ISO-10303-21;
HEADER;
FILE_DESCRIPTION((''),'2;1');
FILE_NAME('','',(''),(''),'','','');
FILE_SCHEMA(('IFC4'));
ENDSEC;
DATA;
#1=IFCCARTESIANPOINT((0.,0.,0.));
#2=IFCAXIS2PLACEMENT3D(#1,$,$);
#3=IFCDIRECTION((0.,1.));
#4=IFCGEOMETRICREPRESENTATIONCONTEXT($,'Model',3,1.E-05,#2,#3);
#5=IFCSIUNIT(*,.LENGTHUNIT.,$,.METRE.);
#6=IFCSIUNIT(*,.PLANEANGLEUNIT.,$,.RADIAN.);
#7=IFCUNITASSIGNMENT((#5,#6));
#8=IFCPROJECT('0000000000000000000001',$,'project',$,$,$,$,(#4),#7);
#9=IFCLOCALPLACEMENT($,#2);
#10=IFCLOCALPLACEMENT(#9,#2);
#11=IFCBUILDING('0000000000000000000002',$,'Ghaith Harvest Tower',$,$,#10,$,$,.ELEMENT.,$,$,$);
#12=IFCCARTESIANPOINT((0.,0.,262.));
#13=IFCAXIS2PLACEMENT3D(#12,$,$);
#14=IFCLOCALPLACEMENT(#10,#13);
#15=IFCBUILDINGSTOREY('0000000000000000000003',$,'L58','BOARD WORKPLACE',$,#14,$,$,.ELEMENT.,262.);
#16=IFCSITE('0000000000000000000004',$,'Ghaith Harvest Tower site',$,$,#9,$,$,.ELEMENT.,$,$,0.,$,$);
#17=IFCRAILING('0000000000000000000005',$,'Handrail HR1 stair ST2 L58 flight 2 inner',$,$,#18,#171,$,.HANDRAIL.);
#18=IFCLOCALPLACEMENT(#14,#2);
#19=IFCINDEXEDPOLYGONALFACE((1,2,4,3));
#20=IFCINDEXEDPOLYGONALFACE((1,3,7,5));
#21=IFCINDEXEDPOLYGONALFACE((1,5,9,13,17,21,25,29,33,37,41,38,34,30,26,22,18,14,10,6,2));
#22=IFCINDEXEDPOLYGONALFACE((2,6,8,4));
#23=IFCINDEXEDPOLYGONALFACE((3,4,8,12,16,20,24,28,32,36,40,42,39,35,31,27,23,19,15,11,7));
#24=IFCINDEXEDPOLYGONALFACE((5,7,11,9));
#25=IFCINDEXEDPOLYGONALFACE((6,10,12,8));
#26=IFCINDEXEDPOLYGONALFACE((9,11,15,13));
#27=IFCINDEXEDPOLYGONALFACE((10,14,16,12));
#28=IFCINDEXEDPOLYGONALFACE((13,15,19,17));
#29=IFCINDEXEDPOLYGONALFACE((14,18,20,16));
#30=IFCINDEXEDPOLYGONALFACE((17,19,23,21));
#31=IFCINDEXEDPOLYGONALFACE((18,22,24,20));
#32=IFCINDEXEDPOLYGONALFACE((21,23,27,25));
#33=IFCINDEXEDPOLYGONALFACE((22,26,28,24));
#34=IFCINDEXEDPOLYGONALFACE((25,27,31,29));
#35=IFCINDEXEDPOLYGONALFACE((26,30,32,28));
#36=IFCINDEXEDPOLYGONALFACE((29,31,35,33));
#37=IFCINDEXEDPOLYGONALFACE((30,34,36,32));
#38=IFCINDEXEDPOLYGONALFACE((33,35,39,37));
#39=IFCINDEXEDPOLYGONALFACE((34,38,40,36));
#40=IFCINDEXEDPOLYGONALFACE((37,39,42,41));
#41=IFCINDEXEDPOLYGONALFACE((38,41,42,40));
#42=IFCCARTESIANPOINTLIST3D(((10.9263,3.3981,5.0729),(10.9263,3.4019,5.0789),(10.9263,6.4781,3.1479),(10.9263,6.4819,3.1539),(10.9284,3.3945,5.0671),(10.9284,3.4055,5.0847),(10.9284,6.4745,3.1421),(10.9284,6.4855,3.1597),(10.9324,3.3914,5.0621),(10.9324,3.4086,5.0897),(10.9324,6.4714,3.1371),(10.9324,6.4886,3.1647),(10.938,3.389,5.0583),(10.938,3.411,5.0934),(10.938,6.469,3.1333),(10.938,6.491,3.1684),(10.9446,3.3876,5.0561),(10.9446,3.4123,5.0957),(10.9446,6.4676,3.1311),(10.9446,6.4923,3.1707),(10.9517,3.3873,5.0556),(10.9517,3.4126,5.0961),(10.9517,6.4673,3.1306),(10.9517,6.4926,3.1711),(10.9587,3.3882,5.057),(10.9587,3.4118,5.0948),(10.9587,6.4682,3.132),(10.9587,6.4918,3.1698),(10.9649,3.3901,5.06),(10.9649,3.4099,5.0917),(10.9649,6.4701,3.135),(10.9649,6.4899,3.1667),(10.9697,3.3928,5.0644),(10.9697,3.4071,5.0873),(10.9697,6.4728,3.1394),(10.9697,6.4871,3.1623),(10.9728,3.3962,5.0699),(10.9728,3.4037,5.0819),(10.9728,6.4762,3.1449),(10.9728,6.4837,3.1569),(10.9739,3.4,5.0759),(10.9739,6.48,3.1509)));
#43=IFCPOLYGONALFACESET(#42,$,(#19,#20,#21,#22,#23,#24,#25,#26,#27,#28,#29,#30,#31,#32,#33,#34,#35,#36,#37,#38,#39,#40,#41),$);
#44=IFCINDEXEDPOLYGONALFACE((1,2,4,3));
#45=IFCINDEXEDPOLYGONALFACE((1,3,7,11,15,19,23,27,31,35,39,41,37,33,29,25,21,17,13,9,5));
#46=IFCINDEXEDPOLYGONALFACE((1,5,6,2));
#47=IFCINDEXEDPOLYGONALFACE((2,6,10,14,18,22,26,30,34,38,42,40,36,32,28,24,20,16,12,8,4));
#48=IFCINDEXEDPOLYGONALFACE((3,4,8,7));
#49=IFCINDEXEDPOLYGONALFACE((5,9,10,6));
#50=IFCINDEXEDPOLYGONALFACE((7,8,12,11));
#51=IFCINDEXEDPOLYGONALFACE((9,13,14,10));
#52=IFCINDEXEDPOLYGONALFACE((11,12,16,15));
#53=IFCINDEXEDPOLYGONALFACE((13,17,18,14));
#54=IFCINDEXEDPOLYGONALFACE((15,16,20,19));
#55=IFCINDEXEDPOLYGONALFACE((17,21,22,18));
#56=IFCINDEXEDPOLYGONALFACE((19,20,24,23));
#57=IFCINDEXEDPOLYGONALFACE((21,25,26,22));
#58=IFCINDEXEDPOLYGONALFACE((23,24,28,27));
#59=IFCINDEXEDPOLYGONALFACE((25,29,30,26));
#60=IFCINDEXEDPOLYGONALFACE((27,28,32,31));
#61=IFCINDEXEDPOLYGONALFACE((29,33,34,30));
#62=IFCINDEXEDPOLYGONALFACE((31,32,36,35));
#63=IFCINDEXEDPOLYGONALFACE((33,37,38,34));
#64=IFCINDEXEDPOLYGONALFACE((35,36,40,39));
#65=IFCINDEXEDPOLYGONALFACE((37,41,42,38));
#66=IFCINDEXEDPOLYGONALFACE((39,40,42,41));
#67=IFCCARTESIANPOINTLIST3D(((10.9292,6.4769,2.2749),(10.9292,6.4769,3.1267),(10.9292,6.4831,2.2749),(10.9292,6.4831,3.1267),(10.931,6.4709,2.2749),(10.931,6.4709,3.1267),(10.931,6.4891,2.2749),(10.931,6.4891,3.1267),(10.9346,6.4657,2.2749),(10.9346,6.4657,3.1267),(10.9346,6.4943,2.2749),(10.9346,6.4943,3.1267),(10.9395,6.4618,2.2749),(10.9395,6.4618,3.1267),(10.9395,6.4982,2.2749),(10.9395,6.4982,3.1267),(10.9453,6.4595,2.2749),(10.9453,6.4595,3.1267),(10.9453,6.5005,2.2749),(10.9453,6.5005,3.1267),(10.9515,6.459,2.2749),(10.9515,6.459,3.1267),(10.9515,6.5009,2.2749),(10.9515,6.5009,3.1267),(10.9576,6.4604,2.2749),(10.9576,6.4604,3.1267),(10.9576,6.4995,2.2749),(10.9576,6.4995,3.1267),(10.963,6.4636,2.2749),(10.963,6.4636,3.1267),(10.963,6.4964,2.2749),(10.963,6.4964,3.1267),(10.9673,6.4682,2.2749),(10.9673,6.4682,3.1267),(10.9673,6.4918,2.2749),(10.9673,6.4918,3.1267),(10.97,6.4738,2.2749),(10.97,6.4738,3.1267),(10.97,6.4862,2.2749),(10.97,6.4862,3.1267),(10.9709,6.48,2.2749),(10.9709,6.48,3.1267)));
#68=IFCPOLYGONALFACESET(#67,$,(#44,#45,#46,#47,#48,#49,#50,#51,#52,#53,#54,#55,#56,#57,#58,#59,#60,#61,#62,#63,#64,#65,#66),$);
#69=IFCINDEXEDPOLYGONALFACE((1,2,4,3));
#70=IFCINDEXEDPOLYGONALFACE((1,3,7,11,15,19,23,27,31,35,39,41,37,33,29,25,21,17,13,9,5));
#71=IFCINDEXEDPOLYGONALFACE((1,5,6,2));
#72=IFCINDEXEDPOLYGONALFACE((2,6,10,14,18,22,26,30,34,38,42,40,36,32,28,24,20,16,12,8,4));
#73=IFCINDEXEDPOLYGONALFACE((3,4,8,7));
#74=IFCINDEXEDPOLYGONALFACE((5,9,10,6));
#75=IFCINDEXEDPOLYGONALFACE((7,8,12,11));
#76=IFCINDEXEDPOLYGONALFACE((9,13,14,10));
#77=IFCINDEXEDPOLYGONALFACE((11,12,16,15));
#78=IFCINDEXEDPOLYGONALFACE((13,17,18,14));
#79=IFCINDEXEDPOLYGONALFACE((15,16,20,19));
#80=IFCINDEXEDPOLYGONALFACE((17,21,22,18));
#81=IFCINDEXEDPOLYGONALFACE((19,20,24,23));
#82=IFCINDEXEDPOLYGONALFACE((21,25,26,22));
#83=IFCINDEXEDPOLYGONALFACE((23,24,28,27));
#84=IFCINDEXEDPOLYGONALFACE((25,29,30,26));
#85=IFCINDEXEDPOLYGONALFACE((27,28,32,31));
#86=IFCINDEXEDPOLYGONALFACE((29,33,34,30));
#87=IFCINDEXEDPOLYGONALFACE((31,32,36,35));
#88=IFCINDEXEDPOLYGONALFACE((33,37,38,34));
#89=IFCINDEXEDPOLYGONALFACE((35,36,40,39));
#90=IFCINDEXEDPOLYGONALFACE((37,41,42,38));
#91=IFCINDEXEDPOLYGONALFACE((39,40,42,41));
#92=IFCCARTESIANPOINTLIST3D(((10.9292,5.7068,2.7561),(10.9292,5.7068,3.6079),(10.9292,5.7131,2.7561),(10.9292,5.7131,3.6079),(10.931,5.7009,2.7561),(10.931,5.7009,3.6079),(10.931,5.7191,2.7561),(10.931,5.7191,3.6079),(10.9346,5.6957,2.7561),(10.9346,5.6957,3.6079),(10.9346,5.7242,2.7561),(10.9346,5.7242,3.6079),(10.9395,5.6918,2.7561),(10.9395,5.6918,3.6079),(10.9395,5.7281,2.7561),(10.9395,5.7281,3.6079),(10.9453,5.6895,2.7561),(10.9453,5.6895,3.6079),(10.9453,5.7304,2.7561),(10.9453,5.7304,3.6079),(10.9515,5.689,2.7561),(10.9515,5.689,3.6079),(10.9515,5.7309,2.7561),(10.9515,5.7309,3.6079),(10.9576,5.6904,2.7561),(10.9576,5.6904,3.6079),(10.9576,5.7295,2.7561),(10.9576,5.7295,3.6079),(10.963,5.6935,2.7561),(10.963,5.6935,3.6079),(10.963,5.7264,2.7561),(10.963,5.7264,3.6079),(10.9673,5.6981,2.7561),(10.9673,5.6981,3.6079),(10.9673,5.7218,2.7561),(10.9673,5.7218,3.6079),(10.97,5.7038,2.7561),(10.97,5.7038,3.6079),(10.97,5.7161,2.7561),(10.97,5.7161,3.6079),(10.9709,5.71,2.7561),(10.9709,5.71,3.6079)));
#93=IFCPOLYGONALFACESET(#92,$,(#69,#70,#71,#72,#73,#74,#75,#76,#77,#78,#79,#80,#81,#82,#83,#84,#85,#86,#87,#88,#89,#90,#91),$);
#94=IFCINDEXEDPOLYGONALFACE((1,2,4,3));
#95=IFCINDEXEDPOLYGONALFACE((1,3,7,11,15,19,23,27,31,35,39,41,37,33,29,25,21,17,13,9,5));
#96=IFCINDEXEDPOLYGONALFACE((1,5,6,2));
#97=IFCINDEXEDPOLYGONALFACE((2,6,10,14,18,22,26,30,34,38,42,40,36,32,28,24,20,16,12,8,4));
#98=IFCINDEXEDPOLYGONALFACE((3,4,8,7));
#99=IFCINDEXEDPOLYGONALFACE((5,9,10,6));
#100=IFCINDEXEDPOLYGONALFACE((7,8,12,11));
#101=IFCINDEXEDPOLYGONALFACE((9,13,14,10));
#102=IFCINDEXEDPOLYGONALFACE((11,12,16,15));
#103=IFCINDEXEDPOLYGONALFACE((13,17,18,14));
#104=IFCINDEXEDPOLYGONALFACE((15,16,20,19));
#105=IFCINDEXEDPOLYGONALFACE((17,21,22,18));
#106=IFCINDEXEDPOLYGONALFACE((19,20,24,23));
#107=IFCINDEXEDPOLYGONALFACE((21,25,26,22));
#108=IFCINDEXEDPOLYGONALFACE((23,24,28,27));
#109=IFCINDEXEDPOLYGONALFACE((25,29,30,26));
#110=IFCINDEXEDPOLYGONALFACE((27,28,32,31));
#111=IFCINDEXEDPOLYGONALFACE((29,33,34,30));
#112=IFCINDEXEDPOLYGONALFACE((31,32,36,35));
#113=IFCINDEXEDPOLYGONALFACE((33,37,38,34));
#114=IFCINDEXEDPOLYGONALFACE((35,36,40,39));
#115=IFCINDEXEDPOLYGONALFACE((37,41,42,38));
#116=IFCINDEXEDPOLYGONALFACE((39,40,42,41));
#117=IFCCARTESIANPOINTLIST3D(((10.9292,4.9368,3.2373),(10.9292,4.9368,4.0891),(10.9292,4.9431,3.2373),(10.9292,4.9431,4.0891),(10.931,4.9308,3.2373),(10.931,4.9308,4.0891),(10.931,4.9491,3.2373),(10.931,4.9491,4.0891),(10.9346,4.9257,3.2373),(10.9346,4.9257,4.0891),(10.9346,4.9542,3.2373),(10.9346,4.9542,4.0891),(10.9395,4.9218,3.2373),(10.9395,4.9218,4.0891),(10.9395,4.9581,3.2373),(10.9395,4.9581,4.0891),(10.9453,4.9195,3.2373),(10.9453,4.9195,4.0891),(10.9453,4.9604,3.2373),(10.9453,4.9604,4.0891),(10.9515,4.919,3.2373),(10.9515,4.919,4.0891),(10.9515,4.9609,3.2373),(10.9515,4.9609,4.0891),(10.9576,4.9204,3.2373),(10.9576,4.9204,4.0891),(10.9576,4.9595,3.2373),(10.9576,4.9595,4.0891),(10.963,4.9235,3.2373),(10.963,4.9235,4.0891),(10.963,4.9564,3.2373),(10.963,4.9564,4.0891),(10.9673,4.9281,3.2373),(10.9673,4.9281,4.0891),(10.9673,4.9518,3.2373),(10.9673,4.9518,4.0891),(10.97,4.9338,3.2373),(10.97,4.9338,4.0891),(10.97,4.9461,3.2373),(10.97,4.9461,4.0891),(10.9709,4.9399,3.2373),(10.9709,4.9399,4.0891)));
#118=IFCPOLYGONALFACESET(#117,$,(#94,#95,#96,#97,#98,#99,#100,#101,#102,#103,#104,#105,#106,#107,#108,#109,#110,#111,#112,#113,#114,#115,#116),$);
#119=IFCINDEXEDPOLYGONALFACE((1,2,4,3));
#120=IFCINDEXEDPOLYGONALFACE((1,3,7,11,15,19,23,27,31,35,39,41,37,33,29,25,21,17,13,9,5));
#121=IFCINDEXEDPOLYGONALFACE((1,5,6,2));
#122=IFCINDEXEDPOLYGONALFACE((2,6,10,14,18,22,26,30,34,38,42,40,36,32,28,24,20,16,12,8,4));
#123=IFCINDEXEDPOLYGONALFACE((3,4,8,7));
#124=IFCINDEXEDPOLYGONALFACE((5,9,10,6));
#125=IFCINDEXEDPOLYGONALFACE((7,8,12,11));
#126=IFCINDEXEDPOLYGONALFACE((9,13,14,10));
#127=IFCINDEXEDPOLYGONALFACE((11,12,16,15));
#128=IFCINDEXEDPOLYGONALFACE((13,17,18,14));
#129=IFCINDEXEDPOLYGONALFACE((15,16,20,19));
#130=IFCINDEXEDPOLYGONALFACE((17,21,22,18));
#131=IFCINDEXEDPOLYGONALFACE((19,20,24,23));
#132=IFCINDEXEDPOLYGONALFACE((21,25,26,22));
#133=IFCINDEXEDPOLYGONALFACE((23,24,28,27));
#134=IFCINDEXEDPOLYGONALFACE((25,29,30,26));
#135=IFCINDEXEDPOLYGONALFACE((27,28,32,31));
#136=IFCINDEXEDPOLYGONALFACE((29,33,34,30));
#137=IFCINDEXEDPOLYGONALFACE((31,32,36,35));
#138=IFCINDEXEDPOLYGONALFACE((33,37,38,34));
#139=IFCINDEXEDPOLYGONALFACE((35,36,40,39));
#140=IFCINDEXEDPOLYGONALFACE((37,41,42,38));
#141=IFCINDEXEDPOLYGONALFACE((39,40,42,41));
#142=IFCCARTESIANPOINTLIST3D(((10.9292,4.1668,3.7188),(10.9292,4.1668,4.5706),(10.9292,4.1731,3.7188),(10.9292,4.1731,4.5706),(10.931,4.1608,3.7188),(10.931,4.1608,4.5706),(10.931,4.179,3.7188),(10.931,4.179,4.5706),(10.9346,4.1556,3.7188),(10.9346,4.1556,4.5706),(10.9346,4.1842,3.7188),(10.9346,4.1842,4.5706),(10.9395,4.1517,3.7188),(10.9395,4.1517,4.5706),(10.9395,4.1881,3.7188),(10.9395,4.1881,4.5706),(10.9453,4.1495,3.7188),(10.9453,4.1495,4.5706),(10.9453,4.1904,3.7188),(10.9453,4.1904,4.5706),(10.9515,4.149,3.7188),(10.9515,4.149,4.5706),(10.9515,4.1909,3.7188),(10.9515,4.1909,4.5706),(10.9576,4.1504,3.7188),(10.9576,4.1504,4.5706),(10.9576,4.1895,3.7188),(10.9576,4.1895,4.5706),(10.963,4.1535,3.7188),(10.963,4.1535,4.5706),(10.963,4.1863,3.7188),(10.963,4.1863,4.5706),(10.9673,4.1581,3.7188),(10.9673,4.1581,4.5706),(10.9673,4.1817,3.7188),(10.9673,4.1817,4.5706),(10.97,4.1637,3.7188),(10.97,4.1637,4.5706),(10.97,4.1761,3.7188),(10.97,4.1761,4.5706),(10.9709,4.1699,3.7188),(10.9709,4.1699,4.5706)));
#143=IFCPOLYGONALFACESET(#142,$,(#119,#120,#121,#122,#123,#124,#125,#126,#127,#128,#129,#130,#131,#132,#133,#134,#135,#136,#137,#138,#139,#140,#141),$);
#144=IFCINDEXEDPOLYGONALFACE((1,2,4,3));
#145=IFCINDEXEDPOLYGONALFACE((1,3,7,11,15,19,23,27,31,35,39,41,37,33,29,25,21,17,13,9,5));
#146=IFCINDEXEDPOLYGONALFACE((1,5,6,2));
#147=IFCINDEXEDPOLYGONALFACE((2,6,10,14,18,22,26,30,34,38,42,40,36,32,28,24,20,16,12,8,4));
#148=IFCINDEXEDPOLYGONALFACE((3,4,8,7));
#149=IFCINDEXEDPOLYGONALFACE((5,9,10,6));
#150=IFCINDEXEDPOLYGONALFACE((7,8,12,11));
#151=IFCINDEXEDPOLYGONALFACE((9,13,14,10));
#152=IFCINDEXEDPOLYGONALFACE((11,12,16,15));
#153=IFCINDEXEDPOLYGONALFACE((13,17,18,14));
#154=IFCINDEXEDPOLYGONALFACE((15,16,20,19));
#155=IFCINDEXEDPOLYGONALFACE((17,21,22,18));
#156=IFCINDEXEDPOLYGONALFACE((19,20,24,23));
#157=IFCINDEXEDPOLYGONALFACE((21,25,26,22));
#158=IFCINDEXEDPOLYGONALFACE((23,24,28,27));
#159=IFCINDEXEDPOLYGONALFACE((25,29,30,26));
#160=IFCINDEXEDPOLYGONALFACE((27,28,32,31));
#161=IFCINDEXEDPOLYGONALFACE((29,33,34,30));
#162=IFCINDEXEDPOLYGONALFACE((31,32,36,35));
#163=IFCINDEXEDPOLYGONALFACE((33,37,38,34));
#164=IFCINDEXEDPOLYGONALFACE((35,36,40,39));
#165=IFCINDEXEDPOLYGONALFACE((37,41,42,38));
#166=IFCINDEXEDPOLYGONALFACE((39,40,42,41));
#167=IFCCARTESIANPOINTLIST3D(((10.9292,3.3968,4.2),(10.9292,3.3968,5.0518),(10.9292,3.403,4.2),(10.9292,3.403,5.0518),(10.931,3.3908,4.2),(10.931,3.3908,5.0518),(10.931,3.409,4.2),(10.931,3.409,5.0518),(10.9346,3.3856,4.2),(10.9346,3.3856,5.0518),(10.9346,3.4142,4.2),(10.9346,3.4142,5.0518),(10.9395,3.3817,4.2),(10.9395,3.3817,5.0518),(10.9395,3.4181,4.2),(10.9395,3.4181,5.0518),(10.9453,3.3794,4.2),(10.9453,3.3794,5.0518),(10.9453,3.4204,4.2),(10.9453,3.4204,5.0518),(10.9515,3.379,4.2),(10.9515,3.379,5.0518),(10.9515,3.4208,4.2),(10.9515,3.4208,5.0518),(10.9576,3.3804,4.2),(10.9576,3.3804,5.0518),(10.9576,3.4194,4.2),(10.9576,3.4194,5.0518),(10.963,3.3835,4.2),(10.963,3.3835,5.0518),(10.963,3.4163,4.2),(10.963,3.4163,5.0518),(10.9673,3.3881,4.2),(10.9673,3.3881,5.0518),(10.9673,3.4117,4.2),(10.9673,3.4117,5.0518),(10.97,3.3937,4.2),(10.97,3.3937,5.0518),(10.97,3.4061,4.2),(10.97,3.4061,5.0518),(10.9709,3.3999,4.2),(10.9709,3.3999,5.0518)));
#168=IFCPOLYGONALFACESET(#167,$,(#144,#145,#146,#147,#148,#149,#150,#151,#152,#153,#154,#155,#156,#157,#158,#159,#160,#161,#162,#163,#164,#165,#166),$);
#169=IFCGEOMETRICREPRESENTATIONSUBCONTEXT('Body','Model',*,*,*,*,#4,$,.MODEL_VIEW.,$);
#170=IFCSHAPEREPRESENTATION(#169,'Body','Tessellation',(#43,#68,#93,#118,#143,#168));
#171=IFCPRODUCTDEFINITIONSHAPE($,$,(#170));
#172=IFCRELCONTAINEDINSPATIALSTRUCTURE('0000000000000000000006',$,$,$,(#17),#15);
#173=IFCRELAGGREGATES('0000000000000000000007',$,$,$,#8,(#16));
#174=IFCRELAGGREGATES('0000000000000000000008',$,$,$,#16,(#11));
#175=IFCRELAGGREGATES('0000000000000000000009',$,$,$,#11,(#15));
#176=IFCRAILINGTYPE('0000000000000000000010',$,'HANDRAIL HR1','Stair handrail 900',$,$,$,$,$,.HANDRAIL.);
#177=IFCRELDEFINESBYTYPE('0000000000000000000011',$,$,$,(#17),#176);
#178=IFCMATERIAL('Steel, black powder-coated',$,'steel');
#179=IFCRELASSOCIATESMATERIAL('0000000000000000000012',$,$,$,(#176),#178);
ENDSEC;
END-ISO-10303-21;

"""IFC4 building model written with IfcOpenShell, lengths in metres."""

from ifc_helpers import new_model, si_unit, direction, frame, origin, origin_2d, place, context, subcontext, project, spatial, circle, extrude, material, type_object, element, save


model = new_model("IFC4")

# Units and contexts
model_context = context("Model", 3, precision=1e-05, world=origin(), true_north=direction((0.0, 1.0)))
body_context = subcontext(model_context, "Body", "Model", "MODEL_VIEW")
ifc_project = project(units=[si_unit("LENGTHUNIT", "METRE"), si_unit("PLANEANGLEUNIT", "RADIAN")], contexts=[model_context])

# Site, building, storey
site_placement = place(None, origin())
site = spatial("IfcSite", under=ifc_project, at=site_placement, Name="Ghaith Harvest Tower site", CompositionType="ELEMENT", RefElevation=0.0)
building_placement = place(site_placement, origin())
building = spatial("IfcBuilding", under=site, at=building_placement, Name="Ghaith Harvest Tower", CompositionType="ELEMENT")
storey_placement = place(building_placement, frame((0.0, 0.0, 262.0)))
storey = spatial("IfcBuildingStorey", under=building, at=storey_placement, Name="L58", Description="BOARD WORKPLACE", CompositionType="ELEMENT", Elevation=262.0)

# Railing
ifc_material_1 = material(Name="Steel, black powder-coated", Category="steel")
railing_type = type_object("IfcRailingType", Name="HANDRAIL HR1", Description="Stair handrail 900", PredefinedType="HANDRAIL", material=ifc_material_1)
railing_1_placement = place(storey_placement, frame((10.95, 6.48, 2.2749)))
element("IfcRailing", 1, at=railing_1_placement, inside=storey, type_object=railing_type, Name="Handrail HR1 stair ST2 L58 flight 2 inner", PredefinedType="HANDRAIL", context=body_context, shape_type="SweptSolid", body=[
    extrude(circle(Radius=0.0239, at=origin_2d()), frame((0.0, 0.0, 0.876), z_axis=(0.0, -0.847998, 0.529999), x_axis=(1.0, 0.0, 0.0)), (0.0, 0.0, 1.0), 3.6321),
    extrude(circle(Radius=0.021, at=origin_2d()), origin(), (0.0, 0.0, 1.0), 0.8518),
    extrude(circle(Radius=0.021, at=origin_2d()), frame((0.0, -0.77, 0.4812)), (0.0, 0.0, 1.0), 0.8518),
    extrude(circle(Radius=0.021, at=origin_2d()), frame((0.0, -1.54, 0.9624)), (0.0, 0.0, 1.0), 0.8518),
    extrude(circle(Radius=0.021, at=origin_2d()), frame((0.0, -2.3101, 1.4438)), (0.0, 0.0, 1.0), 0.8518),
    extrude(circle(Radius=0.021, at=origin_2d()), frame((0.0, -3.0801, 1.925)), (0.0, 0.0, 1.0), 0.8518),
])

save(model, "model.ifc")
